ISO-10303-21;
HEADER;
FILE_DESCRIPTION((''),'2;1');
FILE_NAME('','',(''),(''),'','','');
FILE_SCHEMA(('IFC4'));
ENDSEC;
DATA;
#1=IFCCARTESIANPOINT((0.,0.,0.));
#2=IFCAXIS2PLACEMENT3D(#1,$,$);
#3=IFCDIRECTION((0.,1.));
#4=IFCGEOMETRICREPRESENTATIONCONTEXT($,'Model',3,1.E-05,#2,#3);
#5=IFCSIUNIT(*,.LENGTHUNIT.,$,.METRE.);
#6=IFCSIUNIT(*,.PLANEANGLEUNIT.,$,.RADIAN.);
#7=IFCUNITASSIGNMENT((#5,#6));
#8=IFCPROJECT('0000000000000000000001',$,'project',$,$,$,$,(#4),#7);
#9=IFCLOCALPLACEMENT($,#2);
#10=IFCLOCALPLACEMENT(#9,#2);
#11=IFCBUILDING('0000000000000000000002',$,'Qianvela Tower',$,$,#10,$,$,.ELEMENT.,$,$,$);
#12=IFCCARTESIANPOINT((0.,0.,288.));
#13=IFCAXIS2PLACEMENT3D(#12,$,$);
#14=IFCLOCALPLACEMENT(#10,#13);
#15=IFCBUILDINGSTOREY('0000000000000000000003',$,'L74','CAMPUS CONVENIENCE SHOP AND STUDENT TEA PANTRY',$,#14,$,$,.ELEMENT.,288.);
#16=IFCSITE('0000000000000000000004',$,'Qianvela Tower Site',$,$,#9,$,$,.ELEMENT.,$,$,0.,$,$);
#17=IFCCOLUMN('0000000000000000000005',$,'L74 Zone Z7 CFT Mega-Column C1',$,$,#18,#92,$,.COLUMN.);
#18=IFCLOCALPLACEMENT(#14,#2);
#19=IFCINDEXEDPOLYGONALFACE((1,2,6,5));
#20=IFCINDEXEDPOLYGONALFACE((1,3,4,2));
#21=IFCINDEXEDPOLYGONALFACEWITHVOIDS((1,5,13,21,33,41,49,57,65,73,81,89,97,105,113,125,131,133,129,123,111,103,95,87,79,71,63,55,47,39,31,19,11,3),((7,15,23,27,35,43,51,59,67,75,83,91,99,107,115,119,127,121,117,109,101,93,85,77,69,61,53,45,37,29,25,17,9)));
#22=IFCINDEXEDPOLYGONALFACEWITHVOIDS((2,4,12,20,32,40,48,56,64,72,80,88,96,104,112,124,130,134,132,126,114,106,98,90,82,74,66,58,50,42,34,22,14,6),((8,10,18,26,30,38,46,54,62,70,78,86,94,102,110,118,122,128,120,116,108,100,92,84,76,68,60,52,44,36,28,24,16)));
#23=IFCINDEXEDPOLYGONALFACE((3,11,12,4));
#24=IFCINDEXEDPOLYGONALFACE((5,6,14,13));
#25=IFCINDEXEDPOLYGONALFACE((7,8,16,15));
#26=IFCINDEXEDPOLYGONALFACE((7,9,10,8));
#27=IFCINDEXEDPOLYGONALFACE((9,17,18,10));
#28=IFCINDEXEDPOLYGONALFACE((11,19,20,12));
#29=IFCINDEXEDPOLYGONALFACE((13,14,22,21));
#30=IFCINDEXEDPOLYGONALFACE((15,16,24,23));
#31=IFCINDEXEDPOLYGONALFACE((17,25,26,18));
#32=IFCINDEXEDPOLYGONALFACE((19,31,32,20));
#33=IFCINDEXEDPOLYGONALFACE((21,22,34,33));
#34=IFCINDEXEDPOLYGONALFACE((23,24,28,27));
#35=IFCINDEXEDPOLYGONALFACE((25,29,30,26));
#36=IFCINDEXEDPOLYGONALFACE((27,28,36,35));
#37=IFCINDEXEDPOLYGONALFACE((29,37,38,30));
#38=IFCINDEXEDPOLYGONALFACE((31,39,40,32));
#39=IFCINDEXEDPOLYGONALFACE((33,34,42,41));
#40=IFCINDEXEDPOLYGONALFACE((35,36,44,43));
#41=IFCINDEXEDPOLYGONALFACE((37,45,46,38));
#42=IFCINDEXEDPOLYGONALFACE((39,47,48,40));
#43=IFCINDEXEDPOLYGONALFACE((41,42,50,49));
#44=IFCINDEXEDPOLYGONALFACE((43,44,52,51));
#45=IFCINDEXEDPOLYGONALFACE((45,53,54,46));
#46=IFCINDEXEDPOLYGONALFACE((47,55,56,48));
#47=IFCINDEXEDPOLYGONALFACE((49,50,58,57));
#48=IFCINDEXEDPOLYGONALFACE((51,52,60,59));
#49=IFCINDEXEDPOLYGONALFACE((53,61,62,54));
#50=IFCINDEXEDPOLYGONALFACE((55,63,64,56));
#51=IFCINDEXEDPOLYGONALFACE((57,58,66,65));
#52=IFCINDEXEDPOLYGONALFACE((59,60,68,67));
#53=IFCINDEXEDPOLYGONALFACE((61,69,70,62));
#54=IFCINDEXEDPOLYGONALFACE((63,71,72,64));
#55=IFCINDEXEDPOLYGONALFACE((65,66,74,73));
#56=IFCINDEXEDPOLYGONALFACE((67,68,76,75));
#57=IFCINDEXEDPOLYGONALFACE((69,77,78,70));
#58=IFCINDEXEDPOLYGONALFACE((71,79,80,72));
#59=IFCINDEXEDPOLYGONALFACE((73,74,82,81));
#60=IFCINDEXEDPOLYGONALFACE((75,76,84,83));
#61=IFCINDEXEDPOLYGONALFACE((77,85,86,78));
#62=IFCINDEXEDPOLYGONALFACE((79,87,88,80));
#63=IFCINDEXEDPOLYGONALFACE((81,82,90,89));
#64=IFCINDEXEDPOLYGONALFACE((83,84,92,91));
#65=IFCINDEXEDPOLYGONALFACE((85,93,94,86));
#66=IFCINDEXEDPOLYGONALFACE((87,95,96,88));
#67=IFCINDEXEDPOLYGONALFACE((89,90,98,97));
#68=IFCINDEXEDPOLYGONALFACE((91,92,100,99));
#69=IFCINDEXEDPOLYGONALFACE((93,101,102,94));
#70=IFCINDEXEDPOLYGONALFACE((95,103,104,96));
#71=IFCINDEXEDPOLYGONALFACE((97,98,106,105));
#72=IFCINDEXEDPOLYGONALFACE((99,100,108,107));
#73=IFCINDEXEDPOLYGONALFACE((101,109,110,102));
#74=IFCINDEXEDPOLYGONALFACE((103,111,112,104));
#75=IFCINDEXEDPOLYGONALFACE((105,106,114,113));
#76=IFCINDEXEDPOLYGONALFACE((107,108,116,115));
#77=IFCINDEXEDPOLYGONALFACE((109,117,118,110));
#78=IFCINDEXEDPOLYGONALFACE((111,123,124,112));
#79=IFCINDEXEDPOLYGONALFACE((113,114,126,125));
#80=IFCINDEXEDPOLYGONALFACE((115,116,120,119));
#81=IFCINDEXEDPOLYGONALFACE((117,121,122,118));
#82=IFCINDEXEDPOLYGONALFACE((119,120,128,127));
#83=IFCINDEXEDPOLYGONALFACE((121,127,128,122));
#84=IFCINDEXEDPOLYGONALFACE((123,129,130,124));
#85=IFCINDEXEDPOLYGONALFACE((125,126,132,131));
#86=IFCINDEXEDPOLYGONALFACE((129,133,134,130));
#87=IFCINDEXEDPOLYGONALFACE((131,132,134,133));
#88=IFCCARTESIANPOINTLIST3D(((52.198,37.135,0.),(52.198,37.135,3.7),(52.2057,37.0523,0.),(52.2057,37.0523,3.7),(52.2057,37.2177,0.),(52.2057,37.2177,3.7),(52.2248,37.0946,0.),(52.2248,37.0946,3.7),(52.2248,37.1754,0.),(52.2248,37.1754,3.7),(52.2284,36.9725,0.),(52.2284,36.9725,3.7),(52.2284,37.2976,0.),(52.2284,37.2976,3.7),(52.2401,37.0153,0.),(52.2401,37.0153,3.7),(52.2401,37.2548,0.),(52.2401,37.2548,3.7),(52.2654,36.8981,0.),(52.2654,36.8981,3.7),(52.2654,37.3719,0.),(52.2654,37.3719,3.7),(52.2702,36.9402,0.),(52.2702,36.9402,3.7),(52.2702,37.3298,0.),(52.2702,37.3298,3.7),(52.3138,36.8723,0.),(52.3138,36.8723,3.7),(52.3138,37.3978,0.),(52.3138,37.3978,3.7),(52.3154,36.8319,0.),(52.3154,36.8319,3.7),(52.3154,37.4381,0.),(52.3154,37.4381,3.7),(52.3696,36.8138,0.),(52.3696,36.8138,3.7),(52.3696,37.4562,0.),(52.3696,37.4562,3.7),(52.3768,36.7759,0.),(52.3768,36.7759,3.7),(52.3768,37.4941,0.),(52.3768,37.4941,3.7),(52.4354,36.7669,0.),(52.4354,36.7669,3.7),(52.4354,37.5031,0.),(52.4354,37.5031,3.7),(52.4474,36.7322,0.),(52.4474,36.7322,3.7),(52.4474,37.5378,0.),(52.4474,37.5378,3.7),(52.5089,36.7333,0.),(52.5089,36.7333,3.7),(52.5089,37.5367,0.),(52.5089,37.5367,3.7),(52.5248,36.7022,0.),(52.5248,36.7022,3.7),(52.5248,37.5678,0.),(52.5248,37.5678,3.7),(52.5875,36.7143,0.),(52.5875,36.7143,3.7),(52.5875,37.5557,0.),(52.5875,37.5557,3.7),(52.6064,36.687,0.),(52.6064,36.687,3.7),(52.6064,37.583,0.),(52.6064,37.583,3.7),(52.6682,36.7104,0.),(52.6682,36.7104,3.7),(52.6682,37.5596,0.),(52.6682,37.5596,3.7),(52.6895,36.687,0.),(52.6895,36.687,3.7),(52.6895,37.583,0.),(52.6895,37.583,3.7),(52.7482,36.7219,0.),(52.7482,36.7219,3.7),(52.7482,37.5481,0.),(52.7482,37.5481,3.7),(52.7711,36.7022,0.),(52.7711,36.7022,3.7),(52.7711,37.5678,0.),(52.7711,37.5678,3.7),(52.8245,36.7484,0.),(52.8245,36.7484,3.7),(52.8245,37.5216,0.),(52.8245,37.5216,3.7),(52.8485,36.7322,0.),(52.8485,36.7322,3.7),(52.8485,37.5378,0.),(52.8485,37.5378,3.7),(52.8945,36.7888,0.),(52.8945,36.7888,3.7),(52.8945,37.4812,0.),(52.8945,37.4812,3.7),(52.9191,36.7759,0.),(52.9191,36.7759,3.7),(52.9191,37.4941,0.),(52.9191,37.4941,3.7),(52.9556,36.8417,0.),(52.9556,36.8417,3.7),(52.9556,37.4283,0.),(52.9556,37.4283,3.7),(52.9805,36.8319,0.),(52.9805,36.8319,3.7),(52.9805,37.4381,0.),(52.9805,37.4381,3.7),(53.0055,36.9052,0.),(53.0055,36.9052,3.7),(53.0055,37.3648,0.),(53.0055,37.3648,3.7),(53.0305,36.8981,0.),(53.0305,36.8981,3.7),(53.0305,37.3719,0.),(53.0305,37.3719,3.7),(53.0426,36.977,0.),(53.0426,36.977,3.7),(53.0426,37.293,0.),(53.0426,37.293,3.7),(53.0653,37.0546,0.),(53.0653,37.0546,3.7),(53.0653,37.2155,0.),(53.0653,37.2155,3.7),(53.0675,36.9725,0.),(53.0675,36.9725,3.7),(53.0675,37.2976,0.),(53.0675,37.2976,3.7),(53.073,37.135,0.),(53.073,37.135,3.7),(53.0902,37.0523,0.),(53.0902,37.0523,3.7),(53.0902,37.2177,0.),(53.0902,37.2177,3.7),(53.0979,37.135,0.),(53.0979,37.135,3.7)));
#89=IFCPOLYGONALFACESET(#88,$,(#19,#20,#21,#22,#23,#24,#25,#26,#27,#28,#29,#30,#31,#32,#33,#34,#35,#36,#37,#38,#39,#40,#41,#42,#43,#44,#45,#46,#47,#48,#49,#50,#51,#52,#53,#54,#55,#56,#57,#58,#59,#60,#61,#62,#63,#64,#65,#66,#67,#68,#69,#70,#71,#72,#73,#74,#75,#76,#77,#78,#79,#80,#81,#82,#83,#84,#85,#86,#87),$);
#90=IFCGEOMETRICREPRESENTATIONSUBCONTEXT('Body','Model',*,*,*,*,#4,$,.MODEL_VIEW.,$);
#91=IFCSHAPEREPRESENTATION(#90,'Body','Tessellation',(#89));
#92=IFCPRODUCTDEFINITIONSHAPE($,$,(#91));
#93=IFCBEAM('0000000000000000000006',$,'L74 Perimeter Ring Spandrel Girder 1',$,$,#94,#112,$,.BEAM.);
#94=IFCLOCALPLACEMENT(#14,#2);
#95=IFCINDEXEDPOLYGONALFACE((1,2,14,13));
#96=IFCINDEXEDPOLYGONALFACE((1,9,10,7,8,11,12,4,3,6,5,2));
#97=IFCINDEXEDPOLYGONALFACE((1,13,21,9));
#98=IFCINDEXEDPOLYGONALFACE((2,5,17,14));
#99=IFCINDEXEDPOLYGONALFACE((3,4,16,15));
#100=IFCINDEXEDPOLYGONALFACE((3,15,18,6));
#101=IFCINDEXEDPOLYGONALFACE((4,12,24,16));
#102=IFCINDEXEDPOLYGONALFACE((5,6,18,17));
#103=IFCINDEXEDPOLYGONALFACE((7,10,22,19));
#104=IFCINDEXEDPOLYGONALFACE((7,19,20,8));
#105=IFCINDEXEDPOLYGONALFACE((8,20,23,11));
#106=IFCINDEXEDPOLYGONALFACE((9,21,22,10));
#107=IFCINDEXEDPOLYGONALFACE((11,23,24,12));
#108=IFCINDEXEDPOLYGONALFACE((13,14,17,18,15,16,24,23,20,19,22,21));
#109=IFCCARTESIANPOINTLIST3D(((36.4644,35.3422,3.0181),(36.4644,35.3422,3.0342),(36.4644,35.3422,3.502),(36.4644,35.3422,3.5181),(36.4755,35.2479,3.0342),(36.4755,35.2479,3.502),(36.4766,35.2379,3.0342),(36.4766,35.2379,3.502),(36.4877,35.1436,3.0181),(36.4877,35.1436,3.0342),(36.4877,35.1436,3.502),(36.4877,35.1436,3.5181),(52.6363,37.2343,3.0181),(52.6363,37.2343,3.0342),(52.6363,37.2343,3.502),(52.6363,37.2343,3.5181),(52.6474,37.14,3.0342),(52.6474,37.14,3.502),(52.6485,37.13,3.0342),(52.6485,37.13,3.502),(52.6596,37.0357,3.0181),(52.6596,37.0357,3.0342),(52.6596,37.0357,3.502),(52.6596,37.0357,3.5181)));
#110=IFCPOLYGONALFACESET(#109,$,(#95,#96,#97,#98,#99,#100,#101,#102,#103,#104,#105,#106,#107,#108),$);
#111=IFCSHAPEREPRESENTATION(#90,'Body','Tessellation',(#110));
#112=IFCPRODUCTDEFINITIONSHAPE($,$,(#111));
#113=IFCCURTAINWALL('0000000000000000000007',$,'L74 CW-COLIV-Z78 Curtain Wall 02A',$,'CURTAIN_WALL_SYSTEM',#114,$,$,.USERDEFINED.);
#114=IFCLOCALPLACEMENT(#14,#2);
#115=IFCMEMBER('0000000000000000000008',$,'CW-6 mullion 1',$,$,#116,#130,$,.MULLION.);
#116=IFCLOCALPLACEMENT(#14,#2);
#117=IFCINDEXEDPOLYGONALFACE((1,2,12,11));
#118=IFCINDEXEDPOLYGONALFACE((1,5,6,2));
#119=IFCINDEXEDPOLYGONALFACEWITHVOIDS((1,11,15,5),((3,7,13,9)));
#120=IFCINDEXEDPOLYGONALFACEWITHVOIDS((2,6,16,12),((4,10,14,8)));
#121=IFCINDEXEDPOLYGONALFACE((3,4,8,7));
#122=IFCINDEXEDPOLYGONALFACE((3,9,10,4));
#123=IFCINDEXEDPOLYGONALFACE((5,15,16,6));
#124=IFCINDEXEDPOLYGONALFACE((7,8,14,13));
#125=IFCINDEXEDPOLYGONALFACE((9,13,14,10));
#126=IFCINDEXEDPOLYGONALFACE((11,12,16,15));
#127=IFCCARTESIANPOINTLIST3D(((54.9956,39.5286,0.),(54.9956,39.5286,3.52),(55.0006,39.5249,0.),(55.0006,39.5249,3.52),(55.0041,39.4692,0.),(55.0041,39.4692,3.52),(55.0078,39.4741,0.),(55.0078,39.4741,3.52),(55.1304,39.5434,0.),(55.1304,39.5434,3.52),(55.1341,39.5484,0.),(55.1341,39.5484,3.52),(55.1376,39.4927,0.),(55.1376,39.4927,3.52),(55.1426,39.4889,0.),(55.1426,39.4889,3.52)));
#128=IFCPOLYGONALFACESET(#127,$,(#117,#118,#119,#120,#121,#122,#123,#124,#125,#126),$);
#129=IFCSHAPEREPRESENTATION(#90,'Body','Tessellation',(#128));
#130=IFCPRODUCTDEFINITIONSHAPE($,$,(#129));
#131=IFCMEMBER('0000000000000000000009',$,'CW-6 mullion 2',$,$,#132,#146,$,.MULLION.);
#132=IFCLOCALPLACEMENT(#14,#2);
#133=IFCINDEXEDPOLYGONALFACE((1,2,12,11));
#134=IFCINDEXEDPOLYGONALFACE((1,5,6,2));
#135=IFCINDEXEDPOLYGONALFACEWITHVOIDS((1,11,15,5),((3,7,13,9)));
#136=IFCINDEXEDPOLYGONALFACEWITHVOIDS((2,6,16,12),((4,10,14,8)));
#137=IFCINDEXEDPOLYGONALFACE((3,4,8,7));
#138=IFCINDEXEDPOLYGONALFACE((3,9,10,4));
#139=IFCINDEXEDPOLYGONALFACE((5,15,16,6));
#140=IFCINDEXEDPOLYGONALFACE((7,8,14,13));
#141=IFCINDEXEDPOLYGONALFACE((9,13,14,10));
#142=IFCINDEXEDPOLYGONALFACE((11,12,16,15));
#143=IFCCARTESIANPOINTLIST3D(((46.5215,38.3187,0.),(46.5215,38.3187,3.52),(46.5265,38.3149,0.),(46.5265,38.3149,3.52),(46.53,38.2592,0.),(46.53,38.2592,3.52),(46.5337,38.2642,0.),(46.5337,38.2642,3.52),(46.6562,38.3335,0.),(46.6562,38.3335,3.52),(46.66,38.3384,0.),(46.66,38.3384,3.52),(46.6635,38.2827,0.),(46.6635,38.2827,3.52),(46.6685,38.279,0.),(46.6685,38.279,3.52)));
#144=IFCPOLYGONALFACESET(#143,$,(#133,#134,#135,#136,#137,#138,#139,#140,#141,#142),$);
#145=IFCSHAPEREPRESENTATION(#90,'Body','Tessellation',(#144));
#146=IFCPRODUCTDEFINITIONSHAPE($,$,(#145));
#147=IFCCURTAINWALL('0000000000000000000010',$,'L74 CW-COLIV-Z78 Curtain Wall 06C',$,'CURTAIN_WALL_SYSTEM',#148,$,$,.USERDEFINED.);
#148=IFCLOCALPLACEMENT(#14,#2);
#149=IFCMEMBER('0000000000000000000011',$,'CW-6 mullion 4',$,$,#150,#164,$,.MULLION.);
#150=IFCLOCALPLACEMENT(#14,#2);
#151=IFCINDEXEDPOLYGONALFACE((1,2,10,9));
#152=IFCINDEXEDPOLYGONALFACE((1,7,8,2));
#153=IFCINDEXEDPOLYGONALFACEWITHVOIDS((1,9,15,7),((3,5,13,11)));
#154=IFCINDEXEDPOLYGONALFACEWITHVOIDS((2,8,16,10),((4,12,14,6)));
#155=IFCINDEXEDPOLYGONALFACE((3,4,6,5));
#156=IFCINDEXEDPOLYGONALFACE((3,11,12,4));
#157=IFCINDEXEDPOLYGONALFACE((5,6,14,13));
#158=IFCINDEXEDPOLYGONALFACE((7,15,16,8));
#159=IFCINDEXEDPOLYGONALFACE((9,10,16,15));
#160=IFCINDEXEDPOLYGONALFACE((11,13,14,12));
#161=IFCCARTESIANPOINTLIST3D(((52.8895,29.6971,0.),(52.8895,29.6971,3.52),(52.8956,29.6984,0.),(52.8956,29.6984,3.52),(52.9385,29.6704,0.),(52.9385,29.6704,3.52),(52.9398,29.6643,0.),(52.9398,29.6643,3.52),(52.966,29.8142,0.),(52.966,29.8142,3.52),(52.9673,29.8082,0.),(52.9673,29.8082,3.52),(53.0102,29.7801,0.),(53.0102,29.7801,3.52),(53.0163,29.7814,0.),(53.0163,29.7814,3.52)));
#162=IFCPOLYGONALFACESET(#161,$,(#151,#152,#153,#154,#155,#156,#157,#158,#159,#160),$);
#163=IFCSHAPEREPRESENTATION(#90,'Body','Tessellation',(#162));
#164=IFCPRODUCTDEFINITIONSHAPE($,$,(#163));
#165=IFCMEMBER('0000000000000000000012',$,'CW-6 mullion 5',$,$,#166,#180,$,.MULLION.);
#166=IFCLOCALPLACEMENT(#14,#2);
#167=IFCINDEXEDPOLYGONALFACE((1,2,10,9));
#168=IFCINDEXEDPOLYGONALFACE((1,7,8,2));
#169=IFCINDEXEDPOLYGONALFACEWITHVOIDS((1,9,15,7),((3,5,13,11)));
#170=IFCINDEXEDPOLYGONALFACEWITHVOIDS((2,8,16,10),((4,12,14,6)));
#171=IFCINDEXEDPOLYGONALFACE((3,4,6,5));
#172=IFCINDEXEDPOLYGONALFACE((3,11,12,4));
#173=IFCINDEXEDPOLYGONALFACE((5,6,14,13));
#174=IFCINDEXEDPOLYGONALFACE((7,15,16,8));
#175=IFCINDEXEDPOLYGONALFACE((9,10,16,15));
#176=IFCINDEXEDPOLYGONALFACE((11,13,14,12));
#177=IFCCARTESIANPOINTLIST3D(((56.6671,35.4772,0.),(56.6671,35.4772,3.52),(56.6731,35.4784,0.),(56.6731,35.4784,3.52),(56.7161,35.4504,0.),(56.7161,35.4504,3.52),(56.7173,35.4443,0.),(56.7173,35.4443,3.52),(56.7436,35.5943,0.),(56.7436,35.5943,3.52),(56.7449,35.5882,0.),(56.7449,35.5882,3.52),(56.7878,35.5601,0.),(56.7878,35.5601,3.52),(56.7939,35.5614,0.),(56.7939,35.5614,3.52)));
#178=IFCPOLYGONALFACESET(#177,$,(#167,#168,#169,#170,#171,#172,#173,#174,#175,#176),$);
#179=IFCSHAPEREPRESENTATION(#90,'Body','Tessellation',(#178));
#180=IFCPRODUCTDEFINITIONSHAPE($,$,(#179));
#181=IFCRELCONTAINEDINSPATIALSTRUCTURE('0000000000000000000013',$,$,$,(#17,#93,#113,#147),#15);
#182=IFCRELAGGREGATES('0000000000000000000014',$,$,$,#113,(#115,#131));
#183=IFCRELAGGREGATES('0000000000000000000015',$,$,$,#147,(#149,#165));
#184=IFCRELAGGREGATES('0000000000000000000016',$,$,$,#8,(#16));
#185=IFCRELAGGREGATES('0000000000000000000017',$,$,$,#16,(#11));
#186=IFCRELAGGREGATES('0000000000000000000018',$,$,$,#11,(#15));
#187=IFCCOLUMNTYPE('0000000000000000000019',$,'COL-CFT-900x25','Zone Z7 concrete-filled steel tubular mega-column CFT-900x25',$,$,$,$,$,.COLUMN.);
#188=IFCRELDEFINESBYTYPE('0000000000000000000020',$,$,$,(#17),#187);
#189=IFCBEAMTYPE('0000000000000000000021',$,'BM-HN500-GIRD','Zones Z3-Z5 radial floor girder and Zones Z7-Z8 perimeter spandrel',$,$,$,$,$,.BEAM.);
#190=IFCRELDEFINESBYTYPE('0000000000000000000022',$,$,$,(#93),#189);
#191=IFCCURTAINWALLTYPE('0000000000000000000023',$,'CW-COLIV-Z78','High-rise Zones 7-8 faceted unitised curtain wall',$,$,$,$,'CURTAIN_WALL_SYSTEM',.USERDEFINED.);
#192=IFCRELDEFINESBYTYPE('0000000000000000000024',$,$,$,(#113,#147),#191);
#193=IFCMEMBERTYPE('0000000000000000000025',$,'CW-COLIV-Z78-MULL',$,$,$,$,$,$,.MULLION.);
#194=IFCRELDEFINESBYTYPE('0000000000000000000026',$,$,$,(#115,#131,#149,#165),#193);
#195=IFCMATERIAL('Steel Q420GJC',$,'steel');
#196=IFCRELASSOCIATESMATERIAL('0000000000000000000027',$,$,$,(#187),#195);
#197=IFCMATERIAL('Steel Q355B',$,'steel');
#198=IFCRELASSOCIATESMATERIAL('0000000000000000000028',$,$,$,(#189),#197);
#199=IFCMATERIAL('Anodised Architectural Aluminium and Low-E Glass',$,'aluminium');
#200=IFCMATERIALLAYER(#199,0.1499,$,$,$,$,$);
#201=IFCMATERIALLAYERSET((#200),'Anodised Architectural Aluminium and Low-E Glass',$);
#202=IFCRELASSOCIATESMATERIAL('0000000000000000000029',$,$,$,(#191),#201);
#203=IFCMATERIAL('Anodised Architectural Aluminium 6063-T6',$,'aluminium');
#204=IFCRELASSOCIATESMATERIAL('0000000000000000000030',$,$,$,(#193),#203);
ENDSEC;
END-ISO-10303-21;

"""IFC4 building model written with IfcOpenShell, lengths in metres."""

from ifc_helpers import new_model, si_unit, direction, frame, origin, origin_2d, place, context, subcontext, project, spatial, hollow_rectangle, hollow_circle, i_section, extrude, material, layer, layer_set, material_profile, profile_set, type_object, element, aggregate, save


model = new_model("IFC4")

# Units and contexts
model_context = context("Model", 3, precision=1e-05, world=origin(), true_north=direction((0.0, 1.0)))
body_context = subcontext(model_context, "Body", "Model", "MODEL_VIEW")
ifc_project = project(units=[si_unit("LENGTHUNIT", "METRE"), si_unit("PLANEANGLEUNIT", "RADIAN")], contexts=[model_context])

# Site, building, storey
site_placement = place(None, origin())
site = spatial("IfcSite", under=ifc_project, at=site_placement, Name="Qianvela Tower Site", CompositionType="ELEMENT", RefElevation=0.0)
building_placement = place(site_placement, origin())
building = spatial("IfcBuilding", under=site, at=building_placement, Name="Qianvela Tower", CompositionType="ELEMENT")
storey_placement = place(building_placement, frame((0.0, 0.0, 288.0)))
storey = spatial("IfcBuildingStorey", under=building, at=storey_placement, Name="L74", Description="CAMPUS CONVENIENCE SHOP AND STUDENT TEA PANTRY", CompositionType="ELEMENT", Elevation=288.0)

# Column
ifc_material_1 = material(Name="Steel Q420GJC", Category="steel")
ifc_material_profile_1 = material_profile(ifc_material_1, hollow_circle(Radius=0.45, WallThickness=0.0249, at=origin_2d()), Name="CFT-900x25")
ifc_profile_set_1 = profile_set([ifc_material_profile_1], Name="Steel Q420GJC")
column_type = type_object("IfcColumnType", Name="COL-CFT-900x25", Description="Zone Z7 concrete-filled steel tubular mega-column CFT-900x25", PredefinedType="COLUMN", material=ifc_profile_set_1)
column_placement = place(storey_placement, frame((52.6479, 37.135, 0.0), z_axis=(0.0, 0.0, 1.0), x_axis=(1.0, 0.0, 0.0)))
element("IfcColumn", 1, at=column_placement, inside=storey, type_object=column_type, Name="L74 Zone Z7 CFT Mega-Column C1", PredefinedType="COLUMN", context=body_context, shape_type="SweptSolid", body=[
    extrude(hollow_circle(Radius=0.45, WallThickness=0.0249, at=origin_2d()), origin(), (0.0, 0.0, 1.0), 3.7),
])

# Beam
ifc_material_2 = material(Name="Steel Q355B", Category="steel")
ifc_material_profile_2 = material_profile(ifc_material_2, i_section(OverallWidth=0.2, OverallDepth=0.5, WebThickness=0.01, FlangeThickness=0.0161, at=origin_2d()), Name="HN500x200x10x16")
ifc_profile_set_2 = profile_set([ifc_material_profile_2], Name="Steel Q355B")
beam_type = type_object("IfcBeamType", Name="BM-HN500-GIRD", Description="Zones Z3-Z5 radial floor girder and Zones Z7-Z8 perimeter spandrel", PredefinedType="BEAM", material=ifc_profile_set_2)
beam_placement = place(storey_placement, frame((52.6479, 37.135, 3.2681), z_axis=(-0.993225, -0.116206, 0.0), x_axis=(0.116206, -0.993225, 0.0)))
element("IfcBeam", 2, at=beam_placement, inside=storey, type_object=beam_type, Name="L74 Perimeter Ring Spandrel Girder 1", PredefinedType="BEAM", context=body_context, shape_type="SweptSolid", body=[
    extrude(i_section(OverallWidth=0.2, OverallDepth=0.5, WebThickness=0.01, FlangeThickness=0.0161, at=origin_2d()), origin(), (0.0, 0.0, 1.0), 16.2822),
])

# Curtain walls, members
ifc_material_3 = material(Name="Anodised Architectural Aluminium and Low-E Glass", Category="aluminium")
ifc_layer_1 = layer(ifc_material_3, 0.1499)
ifc_layer_set_1 = layer_set([ifc_layer_1], Name="Anodised Architectural Aluminium and Low-E Glass")
curtain_wall_type = type_object("IfcCurtainWallType", Name="CW-COLIV-Z78", Description="High-rise Zones 7-8 faceted unitised curtain wall", ElementType="CURTAIN_WALL_SYSTEM", PredefinedType="USERDEFINED", material=ifc_layer_set_1)
curtain_wall_1_placement = place(storey_placement, origin())
curtain_wall_1 = element("IfcCurtainWall", 3, at=curtain_wall_1_placement, inside=storey, type_object=curtain_wall_type, Name="L74 CW-COLIV-Z78 Curtain Wall 02A", ObjectType="CURTAIN_WALL_SYSTEM", PredefinedType="USERDEFINED")
ifc_material_4 = material(Name="Anodised Architectural Aluminium 6063-T6", Category="aluminium")
ifc_material_profile_3 = material_profile(ifc_material_4, hollow_rectangle(XDim=0.0601, YDim=0.1399, WallThickness=0.0044, at=origin_2d()), Name="ALU-MULL-60x140")
ifc_profile_set_3 = profile_set([ifc_material_profile_3], Name="Anodised Architectural Aluminium 6063-T6")
member_type_1 = type_object("IfcMemberType", Name="CW-COLIV-Z78-MULL", PredefinedType="MULLION", material=ifc_profile_set_3)
member_1_placement = place(storey_placement, frame((55.0691, 39.5088, 0.0), z_axis=(0.0, 0.0, 1.0), x_axis=(0.141362, -0.989958, 0.0)))
member_1 = element("IfcMember", 4, at=member_1_placement, type_object=member_type_1, Name="CW-6 mullion 1", PredefinedType="MULLION", context=body_context, shape_type="SweptSolid", body=[
    extrude(hollow_rectangle(XDim=0.0601, YDim=0.1399, WallThickness=0.0044, at=origin_2d()), origin(), (0.0, 0.0, 1.0), 3.52),
])
member_2_placement = place(storey_placement, frame((46.595, 38.2988, 0.0), z_axis=(0.0, 0.0, 1.0), x_axis=(0.141362, -0.989958, 0.0)))
member_2 = element("IfcMember", 5, at=member_2_placement, type_object=member_type_1, Name="CW-6 mullion 2", PredefinedType="MULLION", context=body_context, shape_type="SweptSolid", body=[
    extrude(hollow_rectangle(XDim=0.0601, YDim=0.1399, WallThickness=0.0044, at=origin_2d()), origin(), (0.0, 0.0, 1.0), 3.52),
])
curtain_wall_2_placement = place(storey_placement, origin())
curtain_wall_2 = element("IfcCurtainWall", 6, at=curtain_wall_2_placement, inside=storey, type_object=curtain_wall_type, Name="L74 CW-COLIV-Z78 Curtain Wall 06C", ObjectType="CURTAIN_WALL_SYSTEM", PredefinedType="USERDEFINED")
member_3_placement = place(storey_placement, frame((52.9529, 29.7393, 0.0), z_axis=(0.0, 0.0, 1.0), x_axis=(-0.83708, 0.547081, 0.0)))
member_3 = element("IfcMember", 7, at=member_3_placement, type_object=member_type_1, Name="CW-6 mullion 4", PredefinedType="MULLION", context=body_context, shape_type="SweptSolid", body=[
    extrude(hollow_rectangle(XDim=0.0601, YDim=0.1399, WallThickness=0.0044, at=origin_2d()), origin(), (0.0, 0.0, 1.0), 3.52),
])
member_4_placement = place(storey_placement, frame((56.7305, 35.5193, 0.0), z_axis=(0.0, 0.0, 1.0), x_axis=(-0.83708, 0.547081, 0.0)))
member_4 = element("IfcMember", 8, at=member_4_placement, type_object=member_type_1, Name="CW-6 mullion 5", PredefinedType="MULLION", context=body_context, shape_type="SweptSolid", body=[
    extrude(hollow_rectangle(XDim=0.0601, YDim=0.1399, WallThickness=0.0044, at=origin_2d()), origin(), (0.0, 0.0, 1.0), 3.52),
])

aggregate(curtain_wall_1, [member_1, member_2])
aggregate(curtain_wall_2, [member_3, member_4])

save(model, "model.ifc")
